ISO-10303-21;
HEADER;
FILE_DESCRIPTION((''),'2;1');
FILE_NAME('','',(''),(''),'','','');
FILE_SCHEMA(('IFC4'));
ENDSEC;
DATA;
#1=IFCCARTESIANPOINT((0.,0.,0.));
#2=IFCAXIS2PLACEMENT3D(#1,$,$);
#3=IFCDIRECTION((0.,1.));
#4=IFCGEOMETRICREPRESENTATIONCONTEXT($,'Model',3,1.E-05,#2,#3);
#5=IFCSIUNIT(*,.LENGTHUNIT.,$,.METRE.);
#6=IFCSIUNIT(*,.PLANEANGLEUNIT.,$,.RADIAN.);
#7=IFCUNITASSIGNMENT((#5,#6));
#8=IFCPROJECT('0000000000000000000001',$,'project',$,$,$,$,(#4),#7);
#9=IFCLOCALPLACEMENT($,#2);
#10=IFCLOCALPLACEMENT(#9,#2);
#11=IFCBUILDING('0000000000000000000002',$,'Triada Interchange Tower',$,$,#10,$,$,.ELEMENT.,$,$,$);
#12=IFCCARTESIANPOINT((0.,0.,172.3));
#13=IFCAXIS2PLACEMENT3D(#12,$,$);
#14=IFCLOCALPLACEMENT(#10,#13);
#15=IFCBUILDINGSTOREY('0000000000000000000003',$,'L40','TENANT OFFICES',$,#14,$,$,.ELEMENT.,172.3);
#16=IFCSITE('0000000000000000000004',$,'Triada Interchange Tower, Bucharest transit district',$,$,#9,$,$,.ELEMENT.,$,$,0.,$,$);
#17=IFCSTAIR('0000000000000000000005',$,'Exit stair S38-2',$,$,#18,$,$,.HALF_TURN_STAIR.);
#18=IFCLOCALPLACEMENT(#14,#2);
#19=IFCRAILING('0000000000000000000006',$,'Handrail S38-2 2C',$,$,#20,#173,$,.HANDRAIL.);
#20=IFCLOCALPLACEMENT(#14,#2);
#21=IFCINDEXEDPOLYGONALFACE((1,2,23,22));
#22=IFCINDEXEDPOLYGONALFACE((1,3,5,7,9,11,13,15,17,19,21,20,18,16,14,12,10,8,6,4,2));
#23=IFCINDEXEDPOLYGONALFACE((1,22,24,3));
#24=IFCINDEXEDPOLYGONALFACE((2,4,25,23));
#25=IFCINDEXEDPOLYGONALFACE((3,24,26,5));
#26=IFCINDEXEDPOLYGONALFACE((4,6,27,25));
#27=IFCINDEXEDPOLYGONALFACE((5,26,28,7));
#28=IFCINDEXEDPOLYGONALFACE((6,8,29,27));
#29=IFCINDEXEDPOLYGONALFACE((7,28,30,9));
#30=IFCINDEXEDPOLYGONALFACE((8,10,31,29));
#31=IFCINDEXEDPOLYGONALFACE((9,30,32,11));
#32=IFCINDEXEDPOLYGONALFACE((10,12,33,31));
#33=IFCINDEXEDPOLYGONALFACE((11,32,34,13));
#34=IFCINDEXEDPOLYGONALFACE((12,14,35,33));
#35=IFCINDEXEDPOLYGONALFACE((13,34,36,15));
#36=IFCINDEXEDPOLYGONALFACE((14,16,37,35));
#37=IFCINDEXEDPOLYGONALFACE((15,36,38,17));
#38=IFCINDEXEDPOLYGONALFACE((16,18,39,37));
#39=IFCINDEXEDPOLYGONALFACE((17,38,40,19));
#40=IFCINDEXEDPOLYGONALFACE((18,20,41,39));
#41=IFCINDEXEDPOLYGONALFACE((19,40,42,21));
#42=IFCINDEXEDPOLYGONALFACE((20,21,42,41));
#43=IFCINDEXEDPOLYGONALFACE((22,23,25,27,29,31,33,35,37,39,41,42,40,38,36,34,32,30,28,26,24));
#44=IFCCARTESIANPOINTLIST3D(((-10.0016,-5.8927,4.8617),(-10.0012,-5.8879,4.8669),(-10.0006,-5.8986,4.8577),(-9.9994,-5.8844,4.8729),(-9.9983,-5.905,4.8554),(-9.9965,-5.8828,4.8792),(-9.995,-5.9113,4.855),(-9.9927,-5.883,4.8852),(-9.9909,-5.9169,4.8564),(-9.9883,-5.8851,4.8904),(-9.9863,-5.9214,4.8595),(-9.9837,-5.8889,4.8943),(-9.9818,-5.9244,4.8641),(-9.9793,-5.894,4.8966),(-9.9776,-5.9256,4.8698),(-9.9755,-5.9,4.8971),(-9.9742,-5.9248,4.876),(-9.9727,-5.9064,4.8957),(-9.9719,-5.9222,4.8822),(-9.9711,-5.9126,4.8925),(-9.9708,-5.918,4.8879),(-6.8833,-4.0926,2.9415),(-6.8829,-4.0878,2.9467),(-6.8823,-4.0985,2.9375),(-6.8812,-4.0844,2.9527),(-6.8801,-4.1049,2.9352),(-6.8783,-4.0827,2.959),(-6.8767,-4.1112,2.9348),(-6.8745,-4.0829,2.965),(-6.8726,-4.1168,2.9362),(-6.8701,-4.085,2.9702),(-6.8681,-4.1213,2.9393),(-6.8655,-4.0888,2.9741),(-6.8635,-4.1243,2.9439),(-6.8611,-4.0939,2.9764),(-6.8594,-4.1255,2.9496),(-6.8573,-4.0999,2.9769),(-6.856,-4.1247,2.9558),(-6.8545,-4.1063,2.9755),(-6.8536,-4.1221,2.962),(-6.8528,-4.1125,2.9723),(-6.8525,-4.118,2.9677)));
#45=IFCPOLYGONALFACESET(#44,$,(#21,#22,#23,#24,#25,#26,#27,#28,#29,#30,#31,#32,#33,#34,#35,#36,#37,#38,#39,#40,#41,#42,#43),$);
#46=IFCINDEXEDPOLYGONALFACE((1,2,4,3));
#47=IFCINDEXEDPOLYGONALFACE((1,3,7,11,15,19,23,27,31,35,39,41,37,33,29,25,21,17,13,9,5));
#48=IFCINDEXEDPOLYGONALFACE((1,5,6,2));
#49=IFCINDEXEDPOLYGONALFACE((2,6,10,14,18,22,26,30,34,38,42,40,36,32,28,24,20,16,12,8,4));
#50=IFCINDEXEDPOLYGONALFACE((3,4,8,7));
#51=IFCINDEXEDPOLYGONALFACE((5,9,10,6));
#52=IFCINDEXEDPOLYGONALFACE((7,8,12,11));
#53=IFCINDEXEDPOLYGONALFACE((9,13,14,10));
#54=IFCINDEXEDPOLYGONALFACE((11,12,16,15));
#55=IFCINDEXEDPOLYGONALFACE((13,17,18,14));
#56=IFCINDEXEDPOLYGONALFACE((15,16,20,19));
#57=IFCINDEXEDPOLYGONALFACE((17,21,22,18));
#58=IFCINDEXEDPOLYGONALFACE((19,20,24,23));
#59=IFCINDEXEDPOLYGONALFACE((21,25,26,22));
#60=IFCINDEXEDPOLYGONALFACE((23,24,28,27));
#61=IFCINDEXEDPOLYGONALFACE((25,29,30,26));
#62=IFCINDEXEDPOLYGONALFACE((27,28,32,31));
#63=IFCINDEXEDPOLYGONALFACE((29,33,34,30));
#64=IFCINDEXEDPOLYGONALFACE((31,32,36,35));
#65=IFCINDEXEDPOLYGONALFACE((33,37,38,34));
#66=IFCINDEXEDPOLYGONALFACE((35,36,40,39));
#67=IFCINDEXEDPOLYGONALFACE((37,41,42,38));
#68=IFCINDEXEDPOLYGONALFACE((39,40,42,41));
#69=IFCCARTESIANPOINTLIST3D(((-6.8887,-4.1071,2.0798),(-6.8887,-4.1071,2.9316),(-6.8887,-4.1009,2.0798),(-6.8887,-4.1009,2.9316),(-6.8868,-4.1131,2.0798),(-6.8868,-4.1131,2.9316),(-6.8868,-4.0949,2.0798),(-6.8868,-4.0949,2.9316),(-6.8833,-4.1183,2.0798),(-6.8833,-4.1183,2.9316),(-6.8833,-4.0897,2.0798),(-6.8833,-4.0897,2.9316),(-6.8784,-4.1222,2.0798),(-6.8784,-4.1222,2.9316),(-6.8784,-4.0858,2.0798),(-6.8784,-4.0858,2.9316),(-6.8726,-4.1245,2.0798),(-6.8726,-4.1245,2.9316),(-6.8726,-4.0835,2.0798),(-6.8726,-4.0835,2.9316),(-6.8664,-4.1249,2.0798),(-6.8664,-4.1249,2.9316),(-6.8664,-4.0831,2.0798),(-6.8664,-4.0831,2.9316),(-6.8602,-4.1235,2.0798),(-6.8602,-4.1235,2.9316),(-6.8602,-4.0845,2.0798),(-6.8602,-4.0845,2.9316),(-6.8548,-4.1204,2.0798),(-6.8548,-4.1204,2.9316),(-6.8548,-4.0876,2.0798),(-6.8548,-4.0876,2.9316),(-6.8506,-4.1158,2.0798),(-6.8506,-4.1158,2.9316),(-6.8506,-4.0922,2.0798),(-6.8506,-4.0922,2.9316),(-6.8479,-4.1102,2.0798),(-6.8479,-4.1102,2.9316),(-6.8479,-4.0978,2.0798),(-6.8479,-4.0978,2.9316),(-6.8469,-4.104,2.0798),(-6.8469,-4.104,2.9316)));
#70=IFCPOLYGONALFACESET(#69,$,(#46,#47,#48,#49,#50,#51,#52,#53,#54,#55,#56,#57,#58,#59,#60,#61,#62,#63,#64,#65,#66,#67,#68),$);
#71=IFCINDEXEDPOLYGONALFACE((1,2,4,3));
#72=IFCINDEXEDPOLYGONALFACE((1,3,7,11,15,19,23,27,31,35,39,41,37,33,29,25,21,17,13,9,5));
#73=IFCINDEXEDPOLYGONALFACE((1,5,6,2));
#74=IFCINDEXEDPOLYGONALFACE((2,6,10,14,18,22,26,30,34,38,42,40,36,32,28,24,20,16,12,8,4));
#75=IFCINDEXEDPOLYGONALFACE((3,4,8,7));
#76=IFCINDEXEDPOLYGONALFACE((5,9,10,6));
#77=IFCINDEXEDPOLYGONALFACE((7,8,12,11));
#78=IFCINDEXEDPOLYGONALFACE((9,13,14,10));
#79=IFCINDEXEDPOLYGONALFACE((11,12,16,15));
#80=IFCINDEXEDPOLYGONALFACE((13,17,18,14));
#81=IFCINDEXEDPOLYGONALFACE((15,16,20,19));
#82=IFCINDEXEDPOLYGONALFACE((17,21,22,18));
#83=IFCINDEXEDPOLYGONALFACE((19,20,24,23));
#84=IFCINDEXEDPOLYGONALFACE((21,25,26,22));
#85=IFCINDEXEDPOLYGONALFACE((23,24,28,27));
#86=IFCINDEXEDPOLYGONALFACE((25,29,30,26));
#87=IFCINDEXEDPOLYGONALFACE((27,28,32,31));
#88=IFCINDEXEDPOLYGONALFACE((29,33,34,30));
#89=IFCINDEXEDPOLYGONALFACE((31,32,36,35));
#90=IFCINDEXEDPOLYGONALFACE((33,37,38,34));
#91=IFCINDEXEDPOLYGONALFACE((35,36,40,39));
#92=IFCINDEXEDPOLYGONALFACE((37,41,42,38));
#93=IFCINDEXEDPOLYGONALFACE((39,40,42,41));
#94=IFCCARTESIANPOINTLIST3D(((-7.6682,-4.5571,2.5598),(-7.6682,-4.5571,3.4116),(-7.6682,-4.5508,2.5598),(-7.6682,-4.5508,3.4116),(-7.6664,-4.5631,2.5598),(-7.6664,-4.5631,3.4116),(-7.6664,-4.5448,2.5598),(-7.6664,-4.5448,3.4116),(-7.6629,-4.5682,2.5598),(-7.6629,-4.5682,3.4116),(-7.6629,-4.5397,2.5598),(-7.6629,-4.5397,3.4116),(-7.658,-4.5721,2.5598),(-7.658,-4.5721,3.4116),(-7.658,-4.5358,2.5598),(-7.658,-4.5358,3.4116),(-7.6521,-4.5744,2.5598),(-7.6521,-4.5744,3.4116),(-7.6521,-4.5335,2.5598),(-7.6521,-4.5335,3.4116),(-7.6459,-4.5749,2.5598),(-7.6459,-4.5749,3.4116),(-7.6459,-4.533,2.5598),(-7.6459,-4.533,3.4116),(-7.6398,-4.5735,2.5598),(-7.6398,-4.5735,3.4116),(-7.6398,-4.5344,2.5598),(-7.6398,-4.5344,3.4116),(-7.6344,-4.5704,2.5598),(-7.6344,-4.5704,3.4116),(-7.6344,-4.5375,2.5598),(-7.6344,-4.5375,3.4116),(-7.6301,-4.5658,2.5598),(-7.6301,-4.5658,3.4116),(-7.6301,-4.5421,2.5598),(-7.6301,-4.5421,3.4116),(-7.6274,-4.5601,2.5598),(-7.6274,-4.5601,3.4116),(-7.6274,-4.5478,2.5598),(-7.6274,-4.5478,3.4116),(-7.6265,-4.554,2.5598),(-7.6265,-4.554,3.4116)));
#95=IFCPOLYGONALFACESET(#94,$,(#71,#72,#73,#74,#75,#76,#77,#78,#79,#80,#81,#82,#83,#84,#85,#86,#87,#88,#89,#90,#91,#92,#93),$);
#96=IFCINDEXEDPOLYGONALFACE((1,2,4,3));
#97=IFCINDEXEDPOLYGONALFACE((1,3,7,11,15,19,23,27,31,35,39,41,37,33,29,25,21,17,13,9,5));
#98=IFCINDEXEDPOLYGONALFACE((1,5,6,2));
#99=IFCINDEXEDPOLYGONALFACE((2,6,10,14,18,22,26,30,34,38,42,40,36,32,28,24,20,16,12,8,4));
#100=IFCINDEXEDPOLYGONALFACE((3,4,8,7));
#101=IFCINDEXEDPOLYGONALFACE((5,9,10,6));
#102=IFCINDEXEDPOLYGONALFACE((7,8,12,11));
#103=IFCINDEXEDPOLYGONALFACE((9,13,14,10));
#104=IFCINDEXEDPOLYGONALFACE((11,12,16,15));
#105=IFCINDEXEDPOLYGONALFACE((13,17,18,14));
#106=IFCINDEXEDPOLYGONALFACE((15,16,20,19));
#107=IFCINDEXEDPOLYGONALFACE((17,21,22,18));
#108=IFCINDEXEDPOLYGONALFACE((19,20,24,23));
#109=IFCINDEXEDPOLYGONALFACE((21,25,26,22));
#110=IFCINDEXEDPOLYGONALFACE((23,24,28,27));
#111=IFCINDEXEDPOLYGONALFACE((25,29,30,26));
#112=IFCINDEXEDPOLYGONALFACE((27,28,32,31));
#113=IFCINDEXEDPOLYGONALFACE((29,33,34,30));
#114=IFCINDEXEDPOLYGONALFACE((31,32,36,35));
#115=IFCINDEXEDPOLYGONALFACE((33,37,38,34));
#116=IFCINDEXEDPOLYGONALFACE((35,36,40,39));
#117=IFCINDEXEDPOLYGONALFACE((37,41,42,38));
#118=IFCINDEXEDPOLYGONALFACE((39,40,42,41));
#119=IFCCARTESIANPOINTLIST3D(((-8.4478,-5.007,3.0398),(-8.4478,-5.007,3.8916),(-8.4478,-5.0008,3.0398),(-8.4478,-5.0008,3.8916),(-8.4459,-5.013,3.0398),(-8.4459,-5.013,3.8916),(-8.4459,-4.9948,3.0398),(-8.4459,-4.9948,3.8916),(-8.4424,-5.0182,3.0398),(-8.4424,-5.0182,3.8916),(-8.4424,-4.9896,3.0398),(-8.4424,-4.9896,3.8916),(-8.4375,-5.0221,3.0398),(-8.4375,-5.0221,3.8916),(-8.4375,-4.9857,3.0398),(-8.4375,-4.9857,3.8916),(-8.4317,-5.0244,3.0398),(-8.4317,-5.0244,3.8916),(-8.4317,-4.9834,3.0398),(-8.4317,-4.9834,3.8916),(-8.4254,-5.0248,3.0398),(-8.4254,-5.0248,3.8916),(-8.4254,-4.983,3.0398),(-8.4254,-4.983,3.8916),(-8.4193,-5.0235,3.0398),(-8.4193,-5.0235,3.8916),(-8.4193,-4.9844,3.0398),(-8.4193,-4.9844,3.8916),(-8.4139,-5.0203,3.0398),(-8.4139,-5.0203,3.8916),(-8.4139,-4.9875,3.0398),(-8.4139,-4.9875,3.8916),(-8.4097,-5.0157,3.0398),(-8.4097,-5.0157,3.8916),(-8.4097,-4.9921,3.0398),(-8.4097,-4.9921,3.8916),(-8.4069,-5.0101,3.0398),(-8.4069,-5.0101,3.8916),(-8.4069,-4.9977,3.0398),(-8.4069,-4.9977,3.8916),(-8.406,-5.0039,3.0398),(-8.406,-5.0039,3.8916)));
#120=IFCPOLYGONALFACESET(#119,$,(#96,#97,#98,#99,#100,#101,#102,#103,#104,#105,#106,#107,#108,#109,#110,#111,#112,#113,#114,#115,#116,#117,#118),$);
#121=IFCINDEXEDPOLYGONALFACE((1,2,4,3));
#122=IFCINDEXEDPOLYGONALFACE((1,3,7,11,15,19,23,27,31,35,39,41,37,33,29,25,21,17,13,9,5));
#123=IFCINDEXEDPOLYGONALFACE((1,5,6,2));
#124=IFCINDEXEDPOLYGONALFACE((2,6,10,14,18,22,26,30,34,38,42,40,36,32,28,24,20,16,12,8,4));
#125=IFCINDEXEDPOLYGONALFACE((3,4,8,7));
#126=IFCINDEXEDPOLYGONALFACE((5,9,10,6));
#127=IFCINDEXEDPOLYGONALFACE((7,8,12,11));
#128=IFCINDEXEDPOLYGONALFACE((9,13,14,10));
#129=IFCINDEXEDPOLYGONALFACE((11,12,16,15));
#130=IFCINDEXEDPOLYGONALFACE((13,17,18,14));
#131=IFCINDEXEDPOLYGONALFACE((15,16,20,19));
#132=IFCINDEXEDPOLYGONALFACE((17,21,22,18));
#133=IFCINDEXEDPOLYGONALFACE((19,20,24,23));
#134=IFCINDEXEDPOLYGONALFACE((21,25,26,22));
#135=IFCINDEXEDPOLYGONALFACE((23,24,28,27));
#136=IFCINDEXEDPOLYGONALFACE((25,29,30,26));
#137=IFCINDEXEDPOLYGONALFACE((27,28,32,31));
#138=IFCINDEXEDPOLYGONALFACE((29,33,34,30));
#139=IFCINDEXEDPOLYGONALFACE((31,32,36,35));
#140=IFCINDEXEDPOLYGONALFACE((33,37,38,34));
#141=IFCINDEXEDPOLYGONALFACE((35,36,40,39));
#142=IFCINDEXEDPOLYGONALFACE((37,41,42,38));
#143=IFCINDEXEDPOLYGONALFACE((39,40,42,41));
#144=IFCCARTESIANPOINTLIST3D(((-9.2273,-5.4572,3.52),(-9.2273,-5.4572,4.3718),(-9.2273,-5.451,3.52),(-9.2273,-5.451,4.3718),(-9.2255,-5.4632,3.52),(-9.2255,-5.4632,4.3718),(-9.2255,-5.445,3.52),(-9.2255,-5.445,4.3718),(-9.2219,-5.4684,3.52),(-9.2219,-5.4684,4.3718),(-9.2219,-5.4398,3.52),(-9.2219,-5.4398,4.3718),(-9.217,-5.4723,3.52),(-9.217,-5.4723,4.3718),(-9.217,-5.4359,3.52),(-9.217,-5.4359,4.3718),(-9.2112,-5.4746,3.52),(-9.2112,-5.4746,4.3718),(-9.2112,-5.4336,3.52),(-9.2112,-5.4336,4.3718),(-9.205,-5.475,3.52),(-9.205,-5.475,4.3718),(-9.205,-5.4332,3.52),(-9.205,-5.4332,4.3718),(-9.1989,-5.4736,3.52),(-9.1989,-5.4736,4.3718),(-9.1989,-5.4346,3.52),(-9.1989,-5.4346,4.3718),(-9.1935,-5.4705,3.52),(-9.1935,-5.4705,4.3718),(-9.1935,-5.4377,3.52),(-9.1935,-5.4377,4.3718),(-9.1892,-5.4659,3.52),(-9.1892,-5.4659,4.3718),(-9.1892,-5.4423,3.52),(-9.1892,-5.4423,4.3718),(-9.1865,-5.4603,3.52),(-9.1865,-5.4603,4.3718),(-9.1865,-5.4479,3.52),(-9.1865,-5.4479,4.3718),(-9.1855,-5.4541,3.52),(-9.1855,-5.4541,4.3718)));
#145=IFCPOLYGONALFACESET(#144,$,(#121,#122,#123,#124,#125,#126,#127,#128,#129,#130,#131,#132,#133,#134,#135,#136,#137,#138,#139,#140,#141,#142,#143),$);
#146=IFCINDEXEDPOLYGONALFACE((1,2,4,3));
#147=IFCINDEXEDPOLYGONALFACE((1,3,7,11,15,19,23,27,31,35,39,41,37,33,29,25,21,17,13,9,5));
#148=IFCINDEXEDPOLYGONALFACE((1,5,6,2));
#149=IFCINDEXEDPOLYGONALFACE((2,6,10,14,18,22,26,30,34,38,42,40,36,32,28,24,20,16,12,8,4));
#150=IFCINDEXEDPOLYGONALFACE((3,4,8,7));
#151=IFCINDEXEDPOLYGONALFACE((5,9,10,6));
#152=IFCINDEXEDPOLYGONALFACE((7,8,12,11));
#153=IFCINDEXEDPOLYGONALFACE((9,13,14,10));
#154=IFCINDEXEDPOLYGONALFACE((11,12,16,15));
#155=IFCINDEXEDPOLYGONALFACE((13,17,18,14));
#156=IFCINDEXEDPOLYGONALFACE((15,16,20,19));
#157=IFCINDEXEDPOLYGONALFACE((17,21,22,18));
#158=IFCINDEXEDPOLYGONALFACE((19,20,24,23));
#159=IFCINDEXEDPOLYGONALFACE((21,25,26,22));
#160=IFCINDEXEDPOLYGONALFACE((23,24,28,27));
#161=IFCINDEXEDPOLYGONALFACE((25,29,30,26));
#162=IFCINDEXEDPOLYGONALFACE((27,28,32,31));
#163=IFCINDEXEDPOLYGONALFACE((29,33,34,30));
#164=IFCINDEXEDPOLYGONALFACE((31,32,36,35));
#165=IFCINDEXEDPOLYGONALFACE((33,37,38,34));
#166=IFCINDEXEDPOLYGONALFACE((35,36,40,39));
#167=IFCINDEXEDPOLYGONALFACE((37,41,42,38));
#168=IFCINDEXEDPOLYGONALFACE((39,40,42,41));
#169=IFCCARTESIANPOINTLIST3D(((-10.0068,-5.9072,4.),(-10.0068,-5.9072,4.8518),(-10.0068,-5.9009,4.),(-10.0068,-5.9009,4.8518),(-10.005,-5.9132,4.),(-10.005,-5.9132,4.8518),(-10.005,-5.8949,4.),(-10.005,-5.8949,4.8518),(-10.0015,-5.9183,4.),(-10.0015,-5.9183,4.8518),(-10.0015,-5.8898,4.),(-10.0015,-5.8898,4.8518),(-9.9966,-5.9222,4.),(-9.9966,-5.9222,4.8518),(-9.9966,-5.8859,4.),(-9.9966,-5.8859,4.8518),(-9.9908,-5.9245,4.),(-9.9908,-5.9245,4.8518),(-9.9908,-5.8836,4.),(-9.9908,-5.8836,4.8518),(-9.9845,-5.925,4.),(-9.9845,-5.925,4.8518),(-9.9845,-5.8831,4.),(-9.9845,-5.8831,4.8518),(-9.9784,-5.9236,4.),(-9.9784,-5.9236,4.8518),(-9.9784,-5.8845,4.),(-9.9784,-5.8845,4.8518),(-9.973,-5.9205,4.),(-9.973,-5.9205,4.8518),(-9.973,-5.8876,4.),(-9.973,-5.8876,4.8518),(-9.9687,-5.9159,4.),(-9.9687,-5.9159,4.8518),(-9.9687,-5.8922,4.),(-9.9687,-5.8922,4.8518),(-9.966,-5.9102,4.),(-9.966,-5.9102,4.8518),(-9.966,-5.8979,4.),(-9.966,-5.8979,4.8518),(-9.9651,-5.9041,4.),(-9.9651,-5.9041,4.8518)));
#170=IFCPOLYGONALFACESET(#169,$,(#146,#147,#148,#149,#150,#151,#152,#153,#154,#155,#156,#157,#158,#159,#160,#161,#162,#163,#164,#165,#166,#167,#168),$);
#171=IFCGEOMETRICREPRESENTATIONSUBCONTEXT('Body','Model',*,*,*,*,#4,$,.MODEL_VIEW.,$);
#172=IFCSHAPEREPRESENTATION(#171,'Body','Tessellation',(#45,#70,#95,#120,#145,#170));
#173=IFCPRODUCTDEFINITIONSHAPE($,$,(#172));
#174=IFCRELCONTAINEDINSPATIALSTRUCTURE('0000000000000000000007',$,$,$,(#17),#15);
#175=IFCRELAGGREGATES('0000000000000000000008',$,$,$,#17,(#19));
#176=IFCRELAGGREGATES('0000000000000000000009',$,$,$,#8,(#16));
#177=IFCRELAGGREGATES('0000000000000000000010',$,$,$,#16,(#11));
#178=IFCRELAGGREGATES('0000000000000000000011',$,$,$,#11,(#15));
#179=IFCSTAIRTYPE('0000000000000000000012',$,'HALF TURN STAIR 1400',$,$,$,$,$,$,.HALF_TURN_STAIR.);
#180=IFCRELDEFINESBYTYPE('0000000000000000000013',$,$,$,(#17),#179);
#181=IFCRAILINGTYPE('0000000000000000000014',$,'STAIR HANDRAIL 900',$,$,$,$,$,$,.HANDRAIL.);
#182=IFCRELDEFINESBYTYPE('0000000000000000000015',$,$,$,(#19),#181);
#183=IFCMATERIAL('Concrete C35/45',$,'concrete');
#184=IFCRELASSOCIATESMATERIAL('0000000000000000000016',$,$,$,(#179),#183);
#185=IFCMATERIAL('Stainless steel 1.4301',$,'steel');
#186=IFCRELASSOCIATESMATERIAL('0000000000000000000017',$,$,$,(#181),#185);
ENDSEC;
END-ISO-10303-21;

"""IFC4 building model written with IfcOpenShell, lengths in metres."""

from ifc_helpers import new_model, si_unit, direction, frame, origin, origin_2d, place, context, subcontext, project, spatial, circle, extrude, material, type_object, element, aggregate, save


model = new_model("IFC4")

# Units and contexts
model_context = context("Model", 3, precision=1e-05, world=origin(), true_north=direction((0.0, 1.0)))
body_context = subcontext(model_context, "Body", "Model", "MODEL_VIEW")
ifc_project = project(units=[si_unit("LENGTHUNIT", "METRE"), si_unit("PLANEANGLEUNIT", "RADIAN")], contexts=[model_context])

# Site, building, storey
site_placement = place(None, origin())
site = spatial("IfcSite", under=ifc_project, at=site_placement, Name="Triada Interchange Tower, Bucharest transit district", CompositionType="ELEMENT", RefElevation=0.0)
building_placement = place(site_placement, origin())
building = spatial("IfcBuilding", under=site, at=building_placement, Name="Triada Interchange Tower", CompositionType="ELEMENT")
storey_placement = place(building_placement, frame((0.0, 0.0, 172.3)))
storey = spatial("IfcBuildingStorey", under=building, at=storey_placement, Name="L40", Description="TENANT OFFICES", CompositionType="ELEMENT", Elevation=172.3)

# Stair, railing
ifc_material_1 = material(Name="Concrete C35/45", Category="concrete")
stair_type = type_object("IfcStairType", Name="HALF TURN STAIR 1400", PredefinedType="HALF_TURN_STAIR", material=ifc_material_1)
stair_placement = place(storey_placement, origin())
stair = element("IfcStair", 1, at=stair_placement, inside=storey, type_object=stair_type, Name="Exit stair S38-2", PredefinedType="HALF_TURN_STAIR")
ifc_material_2 = material(Name="Stainless steel 1.4301", Category="steel")
railing_type = type_object("IfcRailingType", Name="STAIR HANDRAIL 900", PredefinedType="HANDRAIL", material=ifc_material_2)
railing_1_placement = place(storey_placement, frame((-6.8679, -4.104, 2.0798)))
railing_1 = element("IfcRailing", 2, at=railing_1_placement, type_object=railing_type, Name="Handrail S38-2 2C", PredefinedType="HANDRAIL", context=body_context, shape_type="SweptSolid", body=[
    extrude(circle(Radius=0.0239, at=origin_2d()), frame((0.0, 0.0, 0.876), z_axis=(-0.76417, -0.441139, 0.470576), x_axis=(0.499953, -0.866052, 0.0)), (0.0, 0.0, 1.0), 4.0806),
    extrude(circle(Radius=0.021, at=origin_2d()), origin(), (0.0, 0.0, 1.0), 0.8518),
    extrude(circle(Radius=0.021, at=origin_2d()), frame((-0.7795, -0.45, 0.48)), (0.0, 0.0, 1.0), 0.8518),
    extrude(circle(Radius=0.021, at=origin_2d()), frame((-1.5591, -0.8999, 0.96)), (0.0, 0.0, 1.0), 0.8518),
    extrude(circle(Radius=0.021, at=origin_2d()), frame((-2.3386, -1.3501, 1.4402)), (0.0, 0.0, 1.0), 0.8518),
    extrude(circle(Radius=0.021, at=origin_2d()), frame((-3.1182, -1.8, 1.9202)), (0.0, 0.0, 1.0), 0.8518),
])
aggregate(stair, [railing_1])

save(model, "model.ifc")
